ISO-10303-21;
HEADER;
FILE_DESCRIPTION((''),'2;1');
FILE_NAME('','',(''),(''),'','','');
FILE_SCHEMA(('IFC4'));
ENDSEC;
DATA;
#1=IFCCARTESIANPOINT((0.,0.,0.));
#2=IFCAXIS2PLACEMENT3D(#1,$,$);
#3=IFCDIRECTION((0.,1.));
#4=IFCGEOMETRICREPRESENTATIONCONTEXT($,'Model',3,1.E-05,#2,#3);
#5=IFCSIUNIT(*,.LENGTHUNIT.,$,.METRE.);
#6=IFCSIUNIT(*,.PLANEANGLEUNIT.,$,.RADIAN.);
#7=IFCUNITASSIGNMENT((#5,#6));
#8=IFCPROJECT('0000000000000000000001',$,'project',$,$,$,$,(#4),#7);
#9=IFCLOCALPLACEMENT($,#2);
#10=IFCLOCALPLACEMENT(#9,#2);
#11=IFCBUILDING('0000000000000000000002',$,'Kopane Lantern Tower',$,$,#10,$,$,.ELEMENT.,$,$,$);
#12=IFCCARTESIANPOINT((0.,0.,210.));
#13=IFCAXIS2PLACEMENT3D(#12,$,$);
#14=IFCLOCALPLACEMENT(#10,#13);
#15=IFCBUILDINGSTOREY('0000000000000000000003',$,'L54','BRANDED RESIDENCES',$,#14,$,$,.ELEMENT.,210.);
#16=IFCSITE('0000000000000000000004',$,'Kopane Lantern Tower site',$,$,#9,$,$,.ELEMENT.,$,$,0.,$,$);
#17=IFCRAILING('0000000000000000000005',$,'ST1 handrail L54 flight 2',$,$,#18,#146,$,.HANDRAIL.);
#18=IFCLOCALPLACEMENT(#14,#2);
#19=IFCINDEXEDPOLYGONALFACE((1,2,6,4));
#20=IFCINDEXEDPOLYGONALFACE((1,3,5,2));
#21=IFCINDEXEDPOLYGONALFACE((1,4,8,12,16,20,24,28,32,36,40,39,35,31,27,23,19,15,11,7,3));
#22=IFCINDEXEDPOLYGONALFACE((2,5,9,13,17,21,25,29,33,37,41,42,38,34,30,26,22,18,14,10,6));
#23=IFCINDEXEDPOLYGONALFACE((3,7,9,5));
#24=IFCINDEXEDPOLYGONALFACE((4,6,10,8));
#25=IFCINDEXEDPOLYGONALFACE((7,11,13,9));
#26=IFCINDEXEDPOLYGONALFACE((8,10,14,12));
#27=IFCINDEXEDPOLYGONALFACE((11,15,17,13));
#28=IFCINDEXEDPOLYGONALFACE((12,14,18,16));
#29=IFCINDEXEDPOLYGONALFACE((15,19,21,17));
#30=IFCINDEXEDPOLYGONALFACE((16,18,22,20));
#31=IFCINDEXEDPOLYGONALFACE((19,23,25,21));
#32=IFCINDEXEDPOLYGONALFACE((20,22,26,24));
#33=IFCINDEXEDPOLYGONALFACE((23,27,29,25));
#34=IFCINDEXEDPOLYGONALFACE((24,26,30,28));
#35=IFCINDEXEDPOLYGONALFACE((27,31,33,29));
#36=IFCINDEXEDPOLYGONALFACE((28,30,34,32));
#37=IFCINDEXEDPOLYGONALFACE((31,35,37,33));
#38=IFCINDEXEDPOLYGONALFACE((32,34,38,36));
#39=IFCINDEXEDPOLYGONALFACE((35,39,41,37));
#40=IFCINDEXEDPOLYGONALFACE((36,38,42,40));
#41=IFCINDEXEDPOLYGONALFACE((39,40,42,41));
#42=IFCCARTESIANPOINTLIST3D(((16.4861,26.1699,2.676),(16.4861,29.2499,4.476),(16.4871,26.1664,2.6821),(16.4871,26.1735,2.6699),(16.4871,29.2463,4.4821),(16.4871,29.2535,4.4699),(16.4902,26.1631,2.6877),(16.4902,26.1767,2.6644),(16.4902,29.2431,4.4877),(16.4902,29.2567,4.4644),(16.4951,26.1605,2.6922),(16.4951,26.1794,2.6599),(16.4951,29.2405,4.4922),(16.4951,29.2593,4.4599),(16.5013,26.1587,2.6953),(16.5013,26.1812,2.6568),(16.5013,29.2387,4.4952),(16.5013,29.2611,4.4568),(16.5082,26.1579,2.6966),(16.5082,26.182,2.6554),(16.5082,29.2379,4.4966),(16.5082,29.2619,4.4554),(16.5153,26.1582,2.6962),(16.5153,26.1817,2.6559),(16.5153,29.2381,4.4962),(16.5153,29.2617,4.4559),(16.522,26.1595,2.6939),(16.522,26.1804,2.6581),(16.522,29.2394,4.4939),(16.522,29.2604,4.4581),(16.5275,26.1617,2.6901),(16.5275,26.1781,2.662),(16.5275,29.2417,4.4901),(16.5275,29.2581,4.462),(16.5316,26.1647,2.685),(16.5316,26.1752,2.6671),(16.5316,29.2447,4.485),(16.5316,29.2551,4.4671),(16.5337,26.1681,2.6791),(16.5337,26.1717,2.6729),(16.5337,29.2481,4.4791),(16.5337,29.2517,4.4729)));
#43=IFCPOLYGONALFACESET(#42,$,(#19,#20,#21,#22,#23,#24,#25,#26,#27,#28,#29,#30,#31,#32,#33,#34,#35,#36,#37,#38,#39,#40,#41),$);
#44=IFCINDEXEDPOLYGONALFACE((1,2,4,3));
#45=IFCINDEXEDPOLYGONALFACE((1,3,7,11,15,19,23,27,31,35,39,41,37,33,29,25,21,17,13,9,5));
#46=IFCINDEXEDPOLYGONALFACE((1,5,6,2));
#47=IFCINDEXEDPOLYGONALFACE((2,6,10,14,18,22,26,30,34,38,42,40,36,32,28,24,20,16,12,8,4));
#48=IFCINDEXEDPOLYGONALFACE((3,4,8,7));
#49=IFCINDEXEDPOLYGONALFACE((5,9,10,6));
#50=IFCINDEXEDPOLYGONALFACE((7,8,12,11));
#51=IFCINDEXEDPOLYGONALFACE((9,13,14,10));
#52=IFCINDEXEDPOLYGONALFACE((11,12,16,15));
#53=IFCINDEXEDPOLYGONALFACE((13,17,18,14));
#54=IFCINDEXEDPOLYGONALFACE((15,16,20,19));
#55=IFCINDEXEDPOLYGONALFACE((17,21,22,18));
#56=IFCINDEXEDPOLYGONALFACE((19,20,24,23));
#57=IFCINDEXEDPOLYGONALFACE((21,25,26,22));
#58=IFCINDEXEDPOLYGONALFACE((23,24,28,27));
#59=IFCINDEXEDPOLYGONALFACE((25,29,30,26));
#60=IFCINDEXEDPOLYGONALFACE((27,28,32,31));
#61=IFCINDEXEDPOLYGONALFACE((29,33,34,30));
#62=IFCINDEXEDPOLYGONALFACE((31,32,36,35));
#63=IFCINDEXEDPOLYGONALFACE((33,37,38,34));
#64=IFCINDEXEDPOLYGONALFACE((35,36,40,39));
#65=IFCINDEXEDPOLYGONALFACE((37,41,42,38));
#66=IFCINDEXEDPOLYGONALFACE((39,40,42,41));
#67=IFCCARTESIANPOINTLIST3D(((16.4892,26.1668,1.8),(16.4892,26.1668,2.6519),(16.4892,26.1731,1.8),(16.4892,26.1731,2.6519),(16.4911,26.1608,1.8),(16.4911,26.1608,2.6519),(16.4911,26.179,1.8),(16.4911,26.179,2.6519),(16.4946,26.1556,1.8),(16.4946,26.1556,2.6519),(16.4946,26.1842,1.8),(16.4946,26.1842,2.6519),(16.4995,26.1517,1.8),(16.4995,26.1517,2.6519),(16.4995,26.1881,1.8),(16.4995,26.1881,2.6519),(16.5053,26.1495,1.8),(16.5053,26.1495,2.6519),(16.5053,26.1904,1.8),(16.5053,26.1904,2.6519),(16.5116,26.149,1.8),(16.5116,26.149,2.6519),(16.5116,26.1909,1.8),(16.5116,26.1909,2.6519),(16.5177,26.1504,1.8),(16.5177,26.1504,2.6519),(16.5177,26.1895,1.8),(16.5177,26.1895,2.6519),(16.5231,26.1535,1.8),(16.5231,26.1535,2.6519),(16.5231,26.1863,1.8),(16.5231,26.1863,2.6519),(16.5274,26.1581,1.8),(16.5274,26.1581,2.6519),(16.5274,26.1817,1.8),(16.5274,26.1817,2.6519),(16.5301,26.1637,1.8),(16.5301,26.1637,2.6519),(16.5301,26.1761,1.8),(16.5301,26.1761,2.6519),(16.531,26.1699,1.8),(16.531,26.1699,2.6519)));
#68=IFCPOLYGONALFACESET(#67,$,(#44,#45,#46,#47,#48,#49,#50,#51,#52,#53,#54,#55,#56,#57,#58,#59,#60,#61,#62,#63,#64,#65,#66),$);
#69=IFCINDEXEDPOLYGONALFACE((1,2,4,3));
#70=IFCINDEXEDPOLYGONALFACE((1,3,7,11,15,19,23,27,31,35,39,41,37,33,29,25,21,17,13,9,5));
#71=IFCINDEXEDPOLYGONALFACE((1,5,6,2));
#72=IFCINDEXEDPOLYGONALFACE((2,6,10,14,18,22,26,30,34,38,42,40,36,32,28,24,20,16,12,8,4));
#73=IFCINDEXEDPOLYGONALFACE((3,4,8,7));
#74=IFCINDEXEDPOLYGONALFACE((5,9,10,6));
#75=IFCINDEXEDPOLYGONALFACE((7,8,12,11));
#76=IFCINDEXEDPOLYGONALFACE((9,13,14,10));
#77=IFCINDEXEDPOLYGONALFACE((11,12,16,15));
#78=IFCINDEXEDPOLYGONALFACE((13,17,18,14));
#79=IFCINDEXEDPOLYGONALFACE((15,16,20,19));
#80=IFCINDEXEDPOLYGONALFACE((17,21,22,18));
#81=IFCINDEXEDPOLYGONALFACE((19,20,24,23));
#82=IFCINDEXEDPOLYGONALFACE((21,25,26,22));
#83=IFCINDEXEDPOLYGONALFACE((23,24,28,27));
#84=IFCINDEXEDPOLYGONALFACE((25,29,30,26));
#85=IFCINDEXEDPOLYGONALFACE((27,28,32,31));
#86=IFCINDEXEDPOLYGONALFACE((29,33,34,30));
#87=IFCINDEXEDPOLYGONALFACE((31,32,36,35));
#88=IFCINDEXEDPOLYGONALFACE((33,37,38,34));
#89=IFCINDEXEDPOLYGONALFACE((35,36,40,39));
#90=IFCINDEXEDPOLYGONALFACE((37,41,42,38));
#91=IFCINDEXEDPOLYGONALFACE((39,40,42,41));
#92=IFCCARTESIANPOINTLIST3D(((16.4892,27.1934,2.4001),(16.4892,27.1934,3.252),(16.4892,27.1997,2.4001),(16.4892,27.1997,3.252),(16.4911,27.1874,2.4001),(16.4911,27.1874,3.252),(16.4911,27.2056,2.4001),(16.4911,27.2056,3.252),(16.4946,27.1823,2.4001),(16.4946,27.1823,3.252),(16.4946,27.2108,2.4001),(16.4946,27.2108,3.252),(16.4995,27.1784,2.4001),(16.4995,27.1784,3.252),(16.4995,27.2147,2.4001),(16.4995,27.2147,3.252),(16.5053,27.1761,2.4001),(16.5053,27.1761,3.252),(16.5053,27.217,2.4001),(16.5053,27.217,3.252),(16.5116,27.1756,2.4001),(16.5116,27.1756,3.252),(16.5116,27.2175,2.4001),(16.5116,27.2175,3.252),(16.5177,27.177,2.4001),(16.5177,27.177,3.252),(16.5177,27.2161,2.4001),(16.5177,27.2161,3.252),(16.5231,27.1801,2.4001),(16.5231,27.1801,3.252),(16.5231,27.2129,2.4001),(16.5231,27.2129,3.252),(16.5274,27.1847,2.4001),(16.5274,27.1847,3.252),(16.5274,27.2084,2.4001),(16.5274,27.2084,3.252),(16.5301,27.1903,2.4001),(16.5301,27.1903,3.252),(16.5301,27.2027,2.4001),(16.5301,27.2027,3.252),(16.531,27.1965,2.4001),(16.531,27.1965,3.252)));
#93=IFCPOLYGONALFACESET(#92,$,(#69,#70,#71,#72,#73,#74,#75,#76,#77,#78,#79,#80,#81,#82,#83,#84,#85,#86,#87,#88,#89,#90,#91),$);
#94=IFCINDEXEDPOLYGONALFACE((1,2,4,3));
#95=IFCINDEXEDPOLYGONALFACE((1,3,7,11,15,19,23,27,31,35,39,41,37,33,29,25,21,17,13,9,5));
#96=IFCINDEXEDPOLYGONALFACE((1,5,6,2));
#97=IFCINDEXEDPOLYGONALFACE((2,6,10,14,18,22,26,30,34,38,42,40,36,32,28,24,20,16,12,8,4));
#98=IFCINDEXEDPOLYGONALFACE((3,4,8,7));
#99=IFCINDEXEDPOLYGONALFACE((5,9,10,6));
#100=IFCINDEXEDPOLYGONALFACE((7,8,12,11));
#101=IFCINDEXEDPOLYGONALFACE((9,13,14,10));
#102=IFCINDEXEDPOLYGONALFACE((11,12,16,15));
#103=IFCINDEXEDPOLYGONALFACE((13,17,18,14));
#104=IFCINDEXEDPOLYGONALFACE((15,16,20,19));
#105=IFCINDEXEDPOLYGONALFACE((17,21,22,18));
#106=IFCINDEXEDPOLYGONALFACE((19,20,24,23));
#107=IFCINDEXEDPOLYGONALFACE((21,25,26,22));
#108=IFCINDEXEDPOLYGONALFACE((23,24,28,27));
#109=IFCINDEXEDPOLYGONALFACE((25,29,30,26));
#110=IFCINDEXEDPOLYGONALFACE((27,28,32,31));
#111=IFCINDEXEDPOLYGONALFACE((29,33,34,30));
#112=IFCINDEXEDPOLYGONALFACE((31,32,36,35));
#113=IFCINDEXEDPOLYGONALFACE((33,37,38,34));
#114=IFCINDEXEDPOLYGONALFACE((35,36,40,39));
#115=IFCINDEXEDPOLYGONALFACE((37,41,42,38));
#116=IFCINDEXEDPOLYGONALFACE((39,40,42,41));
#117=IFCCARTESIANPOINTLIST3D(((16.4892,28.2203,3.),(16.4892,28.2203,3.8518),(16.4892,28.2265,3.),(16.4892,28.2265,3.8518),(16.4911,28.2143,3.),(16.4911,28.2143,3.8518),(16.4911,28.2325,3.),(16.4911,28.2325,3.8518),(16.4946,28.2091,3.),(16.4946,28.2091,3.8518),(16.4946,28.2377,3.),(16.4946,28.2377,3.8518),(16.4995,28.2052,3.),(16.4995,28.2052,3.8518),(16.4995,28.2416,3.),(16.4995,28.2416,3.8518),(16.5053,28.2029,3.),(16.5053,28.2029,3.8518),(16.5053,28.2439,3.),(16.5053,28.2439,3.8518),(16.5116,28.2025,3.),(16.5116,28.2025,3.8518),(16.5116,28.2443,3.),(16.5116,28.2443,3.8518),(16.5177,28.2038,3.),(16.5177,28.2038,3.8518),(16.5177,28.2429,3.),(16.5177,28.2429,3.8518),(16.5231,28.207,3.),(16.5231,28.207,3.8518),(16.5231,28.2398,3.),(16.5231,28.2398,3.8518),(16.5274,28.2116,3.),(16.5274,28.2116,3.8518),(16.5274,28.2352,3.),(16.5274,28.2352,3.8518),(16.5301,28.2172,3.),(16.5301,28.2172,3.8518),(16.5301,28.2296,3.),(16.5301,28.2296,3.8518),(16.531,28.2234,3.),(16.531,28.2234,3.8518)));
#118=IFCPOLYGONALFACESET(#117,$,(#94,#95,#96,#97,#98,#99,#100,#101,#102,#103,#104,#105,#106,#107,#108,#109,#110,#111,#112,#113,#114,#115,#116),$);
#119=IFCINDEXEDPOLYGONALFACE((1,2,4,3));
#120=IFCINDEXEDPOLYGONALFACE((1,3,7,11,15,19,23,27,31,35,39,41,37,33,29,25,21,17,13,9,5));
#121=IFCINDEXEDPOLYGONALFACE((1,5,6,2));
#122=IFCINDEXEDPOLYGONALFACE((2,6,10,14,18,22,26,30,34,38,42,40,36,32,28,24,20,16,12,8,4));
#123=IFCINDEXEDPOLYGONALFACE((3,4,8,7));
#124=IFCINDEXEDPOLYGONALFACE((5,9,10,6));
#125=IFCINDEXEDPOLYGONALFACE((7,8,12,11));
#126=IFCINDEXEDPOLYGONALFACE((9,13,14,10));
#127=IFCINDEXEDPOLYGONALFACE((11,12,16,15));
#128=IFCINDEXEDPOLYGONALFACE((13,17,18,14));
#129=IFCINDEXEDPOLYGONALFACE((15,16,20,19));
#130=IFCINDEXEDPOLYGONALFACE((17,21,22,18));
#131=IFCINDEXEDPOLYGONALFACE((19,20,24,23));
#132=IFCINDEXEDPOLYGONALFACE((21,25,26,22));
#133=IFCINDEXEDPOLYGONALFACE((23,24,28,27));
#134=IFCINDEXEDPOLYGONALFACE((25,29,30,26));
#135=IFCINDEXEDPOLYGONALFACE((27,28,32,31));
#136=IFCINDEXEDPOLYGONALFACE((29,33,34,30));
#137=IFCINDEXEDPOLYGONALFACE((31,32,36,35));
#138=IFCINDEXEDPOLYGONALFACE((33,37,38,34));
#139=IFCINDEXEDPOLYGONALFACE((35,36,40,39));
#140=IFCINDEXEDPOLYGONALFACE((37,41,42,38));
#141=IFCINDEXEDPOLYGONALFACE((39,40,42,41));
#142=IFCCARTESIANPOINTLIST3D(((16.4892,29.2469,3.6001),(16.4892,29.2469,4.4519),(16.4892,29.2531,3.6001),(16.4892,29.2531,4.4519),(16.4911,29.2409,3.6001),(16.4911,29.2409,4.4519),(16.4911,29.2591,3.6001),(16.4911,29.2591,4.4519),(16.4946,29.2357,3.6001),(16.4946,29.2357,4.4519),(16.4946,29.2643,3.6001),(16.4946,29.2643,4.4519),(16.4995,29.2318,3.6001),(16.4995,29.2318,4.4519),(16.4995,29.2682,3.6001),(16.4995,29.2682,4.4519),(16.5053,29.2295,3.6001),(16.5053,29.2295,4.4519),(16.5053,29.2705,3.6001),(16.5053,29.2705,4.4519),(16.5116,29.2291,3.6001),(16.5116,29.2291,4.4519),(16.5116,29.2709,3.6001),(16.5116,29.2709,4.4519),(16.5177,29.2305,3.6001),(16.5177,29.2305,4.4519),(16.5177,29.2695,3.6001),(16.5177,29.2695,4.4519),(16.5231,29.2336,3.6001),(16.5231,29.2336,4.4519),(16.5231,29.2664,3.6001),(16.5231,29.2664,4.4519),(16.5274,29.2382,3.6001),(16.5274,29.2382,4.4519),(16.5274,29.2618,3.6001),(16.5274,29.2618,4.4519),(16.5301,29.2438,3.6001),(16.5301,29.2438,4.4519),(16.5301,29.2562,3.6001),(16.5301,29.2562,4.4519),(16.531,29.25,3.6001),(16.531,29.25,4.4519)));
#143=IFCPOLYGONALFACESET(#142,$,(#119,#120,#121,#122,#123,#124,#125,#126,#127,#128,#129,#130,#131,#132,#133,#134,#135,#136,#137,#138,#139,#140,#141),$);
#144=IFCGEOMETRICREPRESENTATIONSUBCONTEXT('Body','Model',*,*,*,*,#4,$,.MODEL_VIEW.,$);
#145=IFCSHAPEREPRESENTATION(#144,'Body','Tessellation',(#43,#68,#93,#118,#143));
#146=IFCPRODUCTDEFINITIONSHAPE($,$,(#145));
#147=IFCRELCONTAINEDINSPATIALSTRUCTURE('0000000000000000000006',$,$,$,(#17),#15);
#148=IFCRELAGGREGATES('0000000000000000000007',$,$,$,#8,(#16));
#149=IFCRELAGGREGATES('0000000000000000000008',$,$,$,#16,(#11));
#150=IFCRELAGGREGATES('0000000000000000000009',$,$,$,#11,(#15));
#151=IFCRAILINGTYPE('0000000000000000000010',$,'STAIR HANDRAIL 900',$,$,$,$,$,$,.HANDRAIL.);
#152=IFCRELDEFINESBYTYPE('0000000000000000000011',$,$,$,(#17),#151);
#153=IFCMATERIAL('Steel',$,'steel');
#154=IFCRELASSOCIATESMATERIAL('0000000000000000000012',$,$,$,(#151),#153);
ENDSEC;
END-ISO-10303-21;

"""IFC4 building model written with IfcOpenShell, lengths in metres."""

from ifc_helpers import new_model, si_unit, direction, frame, origin, origin_2d, place, context, subcontext, project, spatial, circle, extrude, material, type_object, element, save


model = new_model("IFC4")

# Units and contexts
model_context = context("Model", 3, precision=1e-05, world=origin(), true_north=direction((0.0, 1.0)))
body_context = subcontext(model_context, "Body", "Model", "MODEL_VIEW")
ifc_project = project(units=[si_unit("LENGTHUNIT", "METRE"), si_unit("PLANEANGLEUNIT", "RADIAN")], contexts=[model_context])

# Site, building, storey
site_placement = place(None, origin())
site = spatial("IfcSite", under=ifc_project, at=site_placement, Name="Kopane Lantern Tower site", CompositionType="ELEMENT", RefElevation=0.0)
building_placement = place(site_placement, origin())
building = spatial("IfcBuilding", under=site, at=building_placement, Name="Kopane Lantern Tower", CompositionType="ELEMENT")
storey_placement = place(building_placement, frame((0.0, 0.0, 210.0)))
storey = spatial("IfcBuildingStorey", under=building, at=storey_placement, Name="L54", Description="BRANDED RESIDENCES", CompositionType="ELEMENT", Elevation=210.0)

# Railing
ifc_material_1 = material(Name="Steel", Category="steel")
railing_type_1 = type_object("IfcRailingType", Name="STAIR HANDRAIL 900", PredefinedType="HANDRAIL", material=ifc_material_1)
for number, where, name in (
    (1, (16.51, 26.1699, 1.8), "ST1 handrail L54 flight 2"),
):
    element("IfcRailing", number, at=place(storey_placement, frame(where)), inside=storey, type_object=railing_type_1, Name=name, PredefinedType="HANDRAIL", context=body_context, shape_type="SweptSolid", body=[
        extrude(circle(Radius=0.0239, at=origin_2d()), frame((0.0, 0.0, 0.876), z_axis=(0.0, 0.863372, 0.504569), x_axis=(-1.0, 0.0, 0.0)), (0.0, 0.0, 1.0), 3.5674),
        extrude(circle(Radius=0.021, at=origin_2d()), origin(), (0.0, 0.0, 1.0), 0.8518),
        extrude(circle(Radius=0.021, at=origin_2d()), frame((0.0, 1.0266, 0.6001)), (0.0, 0.0, 1.0), 0.8518),
        extrude(circle(Radius=0.021, at=origin_2d()), frame((0.0, 2.0535, 1.2)), (0.0, 0.0, 1.0), 0.8518),
        extrude(circle(Radius=0.021, at=origin_2d()), frame((0.0, 3.0801, 1.8)), (0.0, 0.0, 1.0), 0.8518),
    ])

save(model, "model.ifc")
